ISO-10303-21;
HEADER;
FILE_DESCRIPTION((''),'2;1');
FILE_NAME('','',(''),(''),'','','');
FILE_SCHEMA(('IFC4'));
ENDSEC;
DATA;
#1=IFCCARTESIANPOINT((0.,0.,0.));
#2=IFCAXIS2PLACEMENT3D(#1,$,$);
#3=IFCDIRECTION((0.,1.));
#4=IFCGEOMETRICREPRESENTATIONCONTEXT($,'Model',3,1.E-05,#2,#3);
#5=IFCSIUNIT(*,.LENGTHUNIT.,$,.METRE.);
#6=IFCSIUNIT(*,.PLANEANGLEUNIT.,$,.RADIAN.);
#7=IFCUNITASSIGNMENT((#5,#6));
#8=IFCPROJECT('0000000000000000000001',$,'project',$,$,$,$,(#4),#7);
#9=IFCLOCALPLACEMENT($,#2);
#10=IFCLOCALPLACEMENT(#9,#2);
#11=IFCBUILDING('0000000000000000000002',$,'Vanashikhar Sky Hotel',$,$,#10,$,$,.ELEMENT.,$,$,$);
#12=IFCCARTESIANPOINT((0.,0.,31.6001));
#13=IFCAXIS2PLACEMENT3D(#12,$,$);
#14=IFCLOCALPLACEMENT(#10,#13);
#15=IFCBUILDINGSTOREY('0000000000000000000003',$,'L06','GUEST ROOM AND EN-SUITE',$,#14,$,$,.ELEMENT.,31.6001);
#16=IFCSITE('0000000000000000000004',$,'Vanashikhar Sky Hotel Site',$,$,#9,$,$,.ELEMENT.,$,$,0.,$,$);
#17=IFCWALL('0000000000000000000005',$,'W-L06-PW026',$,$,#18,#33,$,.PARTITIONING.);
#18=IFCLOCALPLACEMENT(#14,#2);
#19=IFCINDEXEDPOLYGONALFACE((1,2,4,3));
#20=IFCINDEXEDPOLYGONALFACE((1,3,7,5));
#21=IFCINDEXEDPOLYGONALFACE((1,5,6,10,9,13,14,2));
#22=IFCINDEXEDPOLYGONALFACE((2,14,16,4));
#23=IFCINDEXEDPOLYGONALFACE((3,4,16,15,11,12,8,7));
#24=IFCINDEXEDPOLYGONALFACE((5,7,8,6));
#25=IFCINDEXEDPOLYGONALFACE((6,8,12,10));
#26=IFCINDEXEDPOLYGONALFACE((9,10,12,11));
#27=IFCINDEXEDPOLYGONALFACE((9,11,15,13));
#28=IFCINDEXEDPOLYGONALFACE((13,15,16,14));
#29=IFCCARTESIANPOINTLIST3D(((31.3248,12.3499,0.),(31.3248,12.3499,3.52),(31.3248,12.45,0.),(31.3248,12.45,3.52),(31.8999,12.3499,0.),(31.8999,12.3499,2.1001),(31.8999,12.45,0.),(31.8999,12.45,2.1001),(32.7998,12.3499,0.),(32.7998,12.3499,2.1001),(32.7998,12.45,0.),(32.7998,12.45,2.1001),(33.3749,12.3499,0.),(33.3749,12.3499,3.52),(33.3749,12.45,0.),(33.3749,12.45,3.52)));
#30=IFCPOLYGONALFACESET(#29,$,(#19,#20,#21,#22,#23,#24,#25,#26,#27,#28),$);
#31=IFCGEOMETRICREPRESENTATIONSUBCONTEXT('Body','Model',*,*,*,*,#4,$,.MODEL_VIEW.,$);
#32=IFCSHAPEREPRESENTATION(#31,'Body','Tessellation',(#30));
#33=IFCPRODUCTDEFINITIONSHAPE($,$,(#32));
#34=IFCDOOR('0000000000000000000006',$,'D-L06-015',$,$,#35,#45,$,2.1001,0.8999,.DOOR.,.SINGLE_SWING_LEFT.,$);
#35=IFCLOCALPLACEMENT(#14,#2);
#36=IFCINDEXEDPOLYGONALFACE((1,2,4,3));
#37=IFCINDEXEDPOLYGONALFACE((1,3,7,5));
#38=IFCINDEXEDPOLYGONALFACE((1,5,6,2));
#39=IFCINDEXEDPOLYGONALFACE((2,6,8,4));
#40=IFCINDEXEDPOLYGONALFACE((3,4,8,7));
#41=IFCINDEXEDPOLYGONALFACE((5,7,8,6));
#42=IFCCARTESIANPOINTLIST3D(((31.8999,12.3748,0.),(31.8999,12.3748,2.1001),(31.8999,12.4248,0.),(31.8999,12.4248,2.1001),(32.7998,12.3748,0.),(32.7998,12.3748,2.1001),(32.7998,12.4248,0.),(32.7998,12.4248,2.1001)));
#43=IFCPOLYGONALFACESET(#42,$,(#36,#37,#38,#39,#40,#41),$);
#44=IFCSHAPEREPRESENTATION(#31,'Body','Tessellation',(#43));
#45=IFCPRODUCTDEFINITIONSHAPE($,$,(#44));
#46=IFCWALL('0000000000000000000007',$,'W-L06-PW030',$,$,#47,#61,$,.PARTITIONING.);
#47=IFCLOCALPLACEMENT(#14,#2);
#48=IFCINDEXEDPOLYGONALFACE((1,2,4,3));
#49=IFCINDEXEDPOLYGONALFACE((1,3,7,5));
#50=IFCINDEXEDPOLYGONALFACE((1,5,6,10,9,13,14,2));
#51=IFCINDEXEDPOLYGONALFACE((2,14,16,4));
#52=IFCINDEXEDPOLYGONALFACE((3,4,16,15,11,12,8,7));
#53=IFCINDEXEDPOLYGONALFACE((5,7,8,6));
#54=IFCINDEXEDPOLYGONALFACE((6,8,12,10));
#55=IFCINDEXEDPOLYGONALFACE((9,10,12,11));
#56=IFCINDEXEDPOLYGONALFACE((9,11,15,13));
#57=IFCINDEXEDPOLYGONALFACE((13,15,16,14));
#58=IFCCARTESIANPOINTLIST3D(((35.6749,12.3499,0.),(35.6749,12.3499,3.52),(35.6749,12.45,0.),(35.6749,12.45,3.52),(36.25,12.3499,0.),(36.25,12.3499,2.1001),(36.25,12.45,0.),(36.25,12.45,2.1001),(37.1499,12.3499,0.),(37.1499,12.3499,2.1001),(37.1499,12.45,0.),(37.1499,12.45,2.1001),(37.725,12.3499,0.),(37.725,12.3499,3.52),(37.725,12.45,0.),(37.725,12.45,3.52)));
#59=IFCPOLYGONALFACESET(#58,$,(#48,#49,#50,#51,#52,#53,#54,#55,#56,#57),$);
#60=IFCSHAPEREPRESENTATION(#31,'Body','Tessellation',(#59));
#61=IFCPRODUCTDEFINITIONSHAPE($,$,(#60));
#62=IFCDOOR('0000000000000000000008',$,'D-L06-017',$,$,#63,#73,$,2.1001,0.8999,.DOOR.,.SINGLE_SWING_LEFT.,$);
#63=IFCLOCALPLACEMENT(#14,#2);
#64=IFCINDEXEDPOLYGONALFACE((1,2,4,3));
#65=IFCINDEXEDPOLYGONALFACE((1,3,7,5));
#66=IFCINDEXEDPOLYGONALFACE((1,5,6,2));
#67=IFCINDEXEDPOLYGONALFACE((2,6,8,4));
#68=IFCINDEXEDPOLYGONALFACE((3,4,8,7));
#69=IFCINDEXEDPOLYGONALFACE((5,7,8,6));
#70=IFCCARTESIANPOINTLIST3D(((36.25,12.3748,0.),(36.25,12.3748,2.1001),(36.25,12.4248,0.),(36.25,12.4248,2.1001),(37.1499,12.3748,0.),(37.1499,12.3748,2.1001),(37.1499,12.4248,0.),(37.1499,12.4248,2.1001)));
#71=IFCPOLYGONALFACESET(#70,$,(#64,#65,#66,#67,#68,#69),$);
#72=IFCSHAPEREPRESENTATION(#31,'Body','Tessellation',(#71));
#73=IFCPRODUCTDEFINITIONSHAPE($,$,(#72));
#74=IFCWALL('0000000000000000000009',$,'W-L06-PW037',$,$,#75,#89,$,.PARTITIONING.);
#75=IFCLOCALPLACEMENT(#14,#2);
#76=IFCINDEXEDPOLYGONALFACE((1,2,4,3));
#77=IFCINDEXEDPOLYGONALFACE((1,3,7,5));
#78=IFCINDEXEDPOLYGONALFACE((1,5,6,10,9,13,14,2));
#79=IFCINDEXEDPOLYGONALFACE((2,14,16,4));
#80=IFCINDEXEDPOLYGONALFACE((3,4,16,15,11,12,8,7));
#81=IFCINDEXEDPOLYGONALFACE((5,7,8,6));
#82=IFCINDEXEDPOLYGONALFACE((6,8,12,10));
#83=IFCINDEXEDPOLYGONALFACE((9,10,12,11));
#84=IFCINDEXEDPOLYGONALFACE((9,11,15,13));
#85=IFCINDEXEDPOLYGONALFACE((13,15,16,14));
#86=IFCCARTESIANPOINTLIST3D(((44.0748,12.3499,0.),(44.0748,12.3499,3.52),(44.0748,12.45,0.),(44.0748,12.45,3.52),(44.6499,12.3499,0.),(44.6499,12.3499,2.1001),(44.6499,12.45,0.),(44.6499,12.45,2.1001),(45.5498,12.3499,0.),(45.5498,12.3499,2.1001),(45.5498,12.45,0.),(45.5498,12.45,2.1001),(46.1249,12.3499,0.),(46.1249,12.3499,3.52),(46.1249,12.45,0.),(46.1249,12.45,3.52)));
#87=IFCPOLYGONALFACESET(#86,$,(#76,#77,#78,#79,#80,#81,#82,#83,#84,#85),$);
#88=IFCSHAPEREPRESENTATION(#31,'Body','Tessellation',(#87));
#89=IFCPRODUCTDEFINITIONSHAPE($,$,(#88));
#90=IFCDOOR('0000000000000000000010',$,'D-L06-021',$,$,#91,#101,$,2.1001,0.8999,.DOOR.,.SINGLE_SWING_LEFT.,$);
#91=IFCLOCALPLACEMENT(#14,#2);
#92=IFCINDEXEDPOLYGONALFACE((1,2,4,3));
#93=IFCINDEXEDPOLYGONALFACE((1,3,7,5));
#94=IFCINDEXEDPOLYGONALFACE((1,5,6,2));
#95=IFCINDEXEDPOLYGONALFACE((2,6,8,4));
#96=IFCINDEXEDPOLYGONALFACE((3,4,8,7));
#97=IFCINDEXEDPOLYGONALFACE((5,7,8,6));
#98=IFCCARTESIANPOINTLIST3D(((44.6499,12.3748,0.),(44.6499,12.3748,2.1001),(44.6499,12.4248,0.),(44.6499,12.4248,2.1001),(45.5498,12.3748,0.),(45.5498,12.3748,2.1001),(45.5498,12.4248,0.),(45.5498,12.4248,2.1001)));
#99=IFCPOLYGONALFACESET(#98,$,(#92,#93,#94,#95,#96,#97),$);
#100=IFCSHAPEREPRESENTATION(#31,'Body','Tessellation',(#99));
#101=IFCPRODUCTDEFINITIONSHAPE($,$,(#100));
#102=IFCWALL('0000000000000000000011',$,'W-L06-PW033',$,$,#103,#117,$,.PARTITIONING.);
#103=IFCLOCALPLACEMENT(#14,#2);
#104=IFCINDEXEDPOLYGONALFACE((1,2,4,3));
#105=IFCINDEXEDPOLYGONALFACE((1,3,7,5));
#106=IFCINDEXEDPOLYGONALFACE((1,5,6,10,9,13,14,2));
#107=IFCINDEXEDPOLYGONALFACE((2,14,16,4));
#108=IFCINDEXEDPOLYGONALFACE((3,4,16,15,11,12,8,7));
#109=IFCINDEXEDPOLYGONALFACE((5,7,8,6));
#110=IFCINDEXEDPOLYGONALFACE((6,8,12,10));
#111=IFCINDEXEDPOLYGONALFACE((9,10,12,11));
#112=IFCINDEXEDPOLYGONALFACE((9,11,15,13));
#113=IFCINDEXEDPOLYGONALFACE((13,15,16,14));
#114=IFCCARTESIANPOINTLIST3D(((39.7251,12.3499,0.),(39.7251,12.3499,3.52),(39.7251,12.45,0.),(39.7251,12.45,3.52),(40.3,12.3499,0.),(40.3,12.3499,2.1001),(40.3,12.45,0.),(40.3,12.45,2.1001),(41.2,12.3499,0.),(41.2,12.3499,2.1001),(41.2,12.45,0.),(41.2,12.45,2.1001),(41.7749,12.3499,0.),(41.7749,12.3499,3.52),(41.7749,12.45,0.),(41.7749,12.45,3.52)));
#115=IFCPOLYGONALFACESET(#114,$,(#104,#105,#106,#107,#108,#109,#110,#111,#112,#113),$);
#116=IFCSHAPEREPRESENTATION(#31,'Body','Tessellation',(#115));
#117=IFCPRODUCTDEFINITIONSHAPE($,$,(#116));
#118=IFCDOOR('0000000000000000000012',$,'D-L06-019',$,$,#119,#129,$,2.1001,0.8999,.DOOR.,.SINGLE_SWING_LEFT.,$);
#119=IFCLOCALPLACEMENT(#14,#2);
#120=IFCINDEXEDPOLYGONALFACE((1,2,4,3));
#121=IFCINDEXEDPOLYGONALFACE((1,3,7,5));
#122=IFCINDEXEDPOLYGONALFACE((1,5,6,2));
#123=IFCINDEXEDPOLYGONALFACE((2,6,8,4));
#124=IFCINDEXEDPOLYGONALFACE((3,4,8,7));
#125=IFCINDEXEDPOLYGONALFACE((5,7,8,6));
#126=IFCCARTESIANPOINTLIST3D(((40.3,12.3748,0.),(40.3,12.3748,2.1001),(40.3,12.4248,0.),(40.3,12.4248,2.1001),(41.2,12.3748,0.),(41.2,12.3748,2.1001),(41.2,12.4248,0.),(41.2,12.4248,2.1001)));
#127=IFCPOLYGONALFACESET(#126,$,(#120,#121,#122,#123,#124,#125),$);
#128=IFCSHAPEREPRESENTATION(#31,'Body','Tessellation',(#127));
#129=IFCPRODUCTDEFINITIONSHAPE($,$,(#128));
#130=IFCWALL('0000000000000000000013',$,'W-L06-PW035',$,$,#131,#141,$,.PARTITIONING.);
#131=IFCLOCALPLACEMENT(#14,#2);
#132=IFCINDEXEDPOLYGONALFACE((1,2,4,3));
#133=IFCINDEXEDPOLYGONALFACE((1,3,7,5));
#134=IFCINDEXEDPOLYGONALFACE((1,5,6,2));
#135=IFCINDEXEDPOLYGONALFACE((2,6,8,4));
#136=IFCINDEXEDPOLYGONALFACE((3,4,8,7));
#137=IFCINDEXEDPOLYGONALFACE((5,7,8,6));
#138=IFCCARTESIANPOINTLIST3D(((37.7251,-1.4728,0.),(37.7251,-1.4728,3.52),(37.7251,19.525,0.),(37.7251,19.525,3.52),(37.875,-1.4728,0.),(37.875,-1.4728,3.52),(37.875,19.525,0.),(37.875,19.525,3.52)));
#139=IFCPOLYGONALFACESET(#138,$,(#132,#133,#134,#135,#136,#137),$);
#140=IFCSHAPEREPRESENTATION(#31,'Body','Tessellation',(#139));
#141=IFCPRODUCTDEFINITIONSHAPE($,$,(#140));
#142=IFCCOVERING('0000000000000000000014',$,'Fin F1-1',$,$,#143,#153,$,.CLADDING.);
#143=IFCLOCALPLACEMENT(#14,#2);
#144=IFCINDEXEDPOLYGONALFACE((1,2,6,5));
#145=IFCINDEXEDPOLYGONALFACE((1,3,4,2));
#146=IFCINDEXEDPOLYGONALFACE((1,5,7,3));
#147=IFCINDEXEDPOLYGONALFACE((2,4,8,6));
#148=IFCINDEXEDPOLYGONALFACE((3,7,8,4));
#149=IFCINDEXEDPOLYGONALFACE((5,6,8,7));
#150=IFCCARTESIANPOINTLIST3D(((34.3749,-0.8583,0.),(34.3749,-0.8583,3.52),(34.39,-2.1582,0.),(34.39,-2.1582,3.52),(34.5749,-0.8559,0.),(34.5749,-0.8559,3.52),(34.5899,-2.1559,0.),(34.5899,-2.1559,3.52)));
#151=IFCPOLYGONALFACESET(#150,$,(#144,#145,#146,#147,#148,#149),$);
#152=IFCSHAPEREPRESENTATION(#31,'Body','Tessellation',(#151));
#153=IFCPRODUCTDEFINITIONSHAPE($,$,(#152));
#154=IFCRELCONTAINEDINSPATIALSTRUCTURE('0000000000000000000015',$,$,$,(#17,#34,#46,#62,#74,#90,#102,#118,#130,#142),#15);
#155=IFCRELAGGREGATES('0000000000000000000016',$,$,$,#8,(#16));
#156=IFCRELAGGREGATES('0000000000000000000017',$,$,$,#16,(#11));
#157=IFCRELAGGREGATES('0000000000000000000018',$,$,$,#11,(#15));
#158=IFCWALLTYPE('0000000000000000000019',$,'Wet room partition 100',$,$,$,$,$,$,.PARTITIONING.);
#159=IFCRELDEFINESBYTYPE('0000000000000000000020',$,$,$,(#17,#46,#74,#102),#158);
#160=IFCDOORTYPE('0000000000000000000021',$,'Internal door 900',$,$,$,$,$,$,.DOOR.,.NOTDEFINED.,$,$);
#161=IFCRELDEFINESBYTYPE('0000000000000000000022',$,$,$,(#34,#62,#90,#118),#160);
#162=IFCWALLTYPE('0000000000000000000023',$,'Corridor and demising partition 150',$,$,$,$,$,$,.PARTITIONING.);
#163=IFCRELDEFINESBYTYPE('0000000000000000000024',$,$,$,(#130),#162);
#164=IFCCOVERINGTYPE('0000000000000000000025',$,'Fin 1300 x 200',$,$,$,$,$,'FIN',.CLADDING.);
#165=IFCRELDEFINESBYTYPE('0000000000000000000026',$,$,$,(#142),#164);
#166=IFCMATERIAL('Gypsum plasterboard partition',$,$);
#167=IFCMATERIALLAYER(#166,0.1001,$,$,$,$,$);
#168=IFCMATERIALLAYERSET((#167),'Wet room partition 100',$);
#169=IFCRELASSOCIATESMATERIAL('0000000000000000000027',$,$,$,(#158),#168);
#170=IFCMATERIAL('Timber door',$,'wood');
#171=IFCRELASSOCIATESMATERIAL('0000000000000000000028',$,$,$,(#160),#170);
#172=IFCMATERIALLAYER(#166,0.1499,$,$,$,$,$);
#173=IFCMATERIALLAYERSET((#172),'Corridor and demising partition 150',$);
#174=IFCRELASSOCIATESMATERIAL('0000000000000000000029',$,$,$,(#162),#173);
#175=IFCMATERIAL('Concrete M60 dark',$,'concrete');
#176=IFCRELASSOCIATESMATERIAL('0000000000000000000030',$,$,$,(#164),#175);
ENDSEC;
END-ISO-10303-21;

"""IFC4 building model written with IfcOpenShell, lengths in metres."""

from ifc_helpers import new_model, si_unit, direction, frame, frame_2d, origin, origin_2d, place, context, subcontext, project, spatial, rectangle, extrude, source, transform, mapped, material, layer, layer_set, material_profile, profile_set, type_object, element, fill, save


model = new_model("IFC4")

# Units and contexts
model_context = context("Model", 3, precision=1e-05, world=origin(), true_north=direction((0.0, 1.0)))
body_context = subcontext(model_context, "Body", "Model", "MODEL_VIEW")
ifc_project = project(units=[si_unit("LENGTHUNIT", "METRE"), si_unit("PLANEANGLEUNIT", "RADIAN")], contexts=[model_context])

# Site, building, storey
site_placement = place(None, origin())
site = spatial("IfcSite", under=ifc_project, at=site_placement, Name="Vanashikhar Sky Hotel Site", CompositionType="ELEMENT", RefElevation=0.0)
building_placement = place(site_placement, origin())
building = spatial("IfcBuilding", under=site, at=building_placement, Name="Vanashikhar Sky Hotel", CompositionType="ELEMENT")
storey_placement = place(building_placement, frame((0.0, 0.0, 31.6001)))
storey = spatial("IfcBuildingStorey", under=building, at=storey_placement, Name="L06", Description="GUEST ROOM AND EN-SUITE", CompositionType="ELEMENT", Elevation=31.6001)

# Shared definitions
ifc_material_1 = material(Name="Gypsum plasterboard partition")
ifc_layer_1 = layer(ifc_material_1, 0.1001)
ifc_layer_set_1 = layer_set([ifc_layer_1], Name="Wet room partition 100")
wall_type_1 = type_object("IfcWallType", Name="Wet room partition 100", PredefinedType="PARTITIONING", material=ifc_layer_set_1)

# Walls, openings, doors
shared_shape_1 = source(origin(), body_context, "Body", "SweptSolid", [
    extrude(rectangle(XDim=2.05, YDim=0.1001, at=frame_2d((1.0249, 0.0))), origin(), (0.0, 0.0, 1.0), 3.52),
])
wall_1_placement = place(storey_placement, frame((31.325, 12.3999, 0.0), z_axis=(0.0, 0.0, 1.0), x_axis=(1.0, 0.0, 0.0)))
wall_1 = element("IfcWall", 1, at=wall_1_placement, inside=storey, type_object=wall_type_1, Name="W-L06-PW026", PredefinedType="PARTITIONING", context=body_context, shape_type="MappedRepresentation", body=[
    mapped(shared_shape_1, transform((0.0, 0.0, 0.0), scale=1.0)),
])
shared_shape_2 = source(origin(), body_context, "Body", "SweptSolid", [
    extrude(rectangle(XDim=0.8999, YDim=2.1001, at=frame_2d((0.45, 1.05))), frame((0.0, 0.0601, 0.0), z_axis=(0.0, -1.0, 0.0), x_axis=(1.0, 0.0, 0.0)), (0.0, 0.0, 1.0), 0.1201),
])
opening_1_placement = place(wall_1_placement, frame((0.575, 0.0, 0.0)))
opening_1 = element("IfcOpeningElement", 2, at=opening_1_placement, cuts=wall_1, PredefinedType="OPENING", context=body_context, shape_type="MappedRepresentation", body=[
    mapped(shared_shape_2, transform((0.0, 0.0, 0.0), scale=1.0)),
])
ifc_material_2 = material(Name="Timber door", Category="wood")
door_type = type_object("IfcDoorType", Name="Internal door 900", OperationType="NOTDEFINED", PredefinedType="DOOR", material=ifc_material_2)
shared_shape_3 = source(origin(), body_context, "Body", "SweptSolid", [
    extrude(rectangle(XDim=0.8999, YDim=2.1001, at=frame_2d((0.45, 1.05))), frame((0.0, 0.0249, 0.0), z_axis=(0.0, -1.0, 0.0), x_axis=(1.0, 0.0, 0.0)), (0.0, 0.0, 1.0), 0.05),
])
door_1_placement = place(opening_1_placement, origin())
door_1 = element("IfcDoor", 3, at=door_1_placement, inside=storey, type_object=door_type, Name="D-L06-015", OperationType="SINGLE_SWING_LEFT", OverallHeight=2.1001, OverallWidth=0.8999, PredefinedType="DOOR", context=body_context, shape_type="MappedRepresentation", body=[
    mapped(shared_shape_3, transform((0.0, 0.0, 0.0), scale=1.0)),
])
fill(opening_1, door_1)
wall_2_placement = place(storey_placement, frame((35.675, 12.3999, 0.0), z_axis=(0.0, 0.0, 1.0), x_axis=(1.0, 0.0, 0.0)))
wall_2 = element("IfcWall", 4, at=wall_2_placement, inside=storey, type_object=wall_type_1, Name="W-L06-PW030", PredefinedType="PARTITIONING", context=body_context, shape_type="MappedRepresentation", body=[
    mapped(shared_shape_1, transform((0.0, 0.0, 0.0), scale=1.0)),
])
opening_2_placement = place(wall_2_placement, frame((0.575, 0.0, 0.0)))
opening_2 = element("IfcOpeningElement", 5, at=opening_2_placement, cuts=wall_2, PredefinedType="OPENING", context=body_context, shape_type="MappedRepresentation", body=[
    mapped(shared_shape_2, transform((0.0, 0.0, 0.0), scale=1.0)),
])
door_2_placement = place(opening_2_placement, origin())
door_2 = element("IfcDoor", 6, at=door_2_placement, inside=storey, type_object=door_type, Name="D-L06-017", OperationType="SINGLE_SWING_LEFT", OverallHeight=2.1001, OverallWidth=0.8999, PredefinedType="DOOR", context=body_context, shape_type="MappedRepresentation", body=[
    mapped(shared_shape_3, transform((0.0, 0.0, 0.0), scale=1.0)),
])
fill(opening_2, door_2)
wall_3_placement = place(storey_placement, frame((44.075, 12.3999, 0.0), z_axis=(0.0, 0.0, 1.0), x_axis=(1.0, 0.0, 0.0)))
wall_3 = element("IfcWall", 7, at=wall_3_placement, inside=storey, type_object=wall_type_1, Name="W-L06-PW037", PredefinedType="PARTITIONING", context=body_context, shape_type="MappedRepresentation", body=[
    mapped(shared_shape_1, transform((0.0, 0.0, 0.0), scale=1.0)),
])
opening_3_placement = place(wall_3_placement, frame((0.575, 0.0, 0.0)))
opening_3 = element("IfcOpeningElement", 8, at=opening_3_placement, cuts=wall_3, PredefinedType="OPENING", context=body_context, shape_type="MappedRepresentation", body=[
    mapped(shared_shape_2, transform((0.0, 0.0, 0.0), scale=1.0)),
])
door_3_placement = place(opening_3_placement, origin())
door_3 = element("IfcDoor", 9, at=door_3_placement, inside=storey, type_object=door_type, Name="D-L06-021", OperationType="SINGLE_SWING_LEFT", OverallHeight=2.1001, OverallWidth=0.8999, PredefinedType="DOOR", context=body_context, shape_type="MappedRepresentation", body=[
    mapped(shared_shape_3, transform((0.0, 0.0, 0.0), scale=1.0)),
])
fill(opening_3, door_3)
shared_shape_4 = source(origin(), body_context, "Body", "SweptSolid", [
    extrude(rectangle(XDim=2.0498, YDim=0.1001, at=frame_2d((1.0249, 0.0))), origin(), (0.0, 0.0, 1.0), 3.52),
])
wall_4_placement = place(storey_placement, frame((39.7251, 12.3999, 0.0), z_axis=(0.0, 0.0, 1.0), x_axis=(1.0, 0.0, 0.0)))
wall_4 = element("IfcWall", 10, at=wall_4_placement, inside=storey, type_object=wall_type_1, Name="W-L06-PW033", PredefinedType="PARTITIONING", context=body_context, shape_type="MappedRepresentation", body=[
    mapped(shared_shape_4, transform((0.0, 0.0, 0.0), scale=1.0)),
])
opening_4_placement = place(wall_4_placement, frame((0.575, 0.0, 0.0)))
opening_4 = element("IfcOpeningElement", 11, at=opening_4_placement, cuts=wall_4, PredefinedType="OPENING", context=body_context, shape_type="MappedRepresentation", body=[
    mapped(shared_shape_2, transform((0.0, 0.0, 0.0), scale=1.0)),
])
door_4_placement = place(opening_4_placement, origin())
door_4 = element("IfcDoor", 12, at=door_4_placement, inside=storey, type_object=door_type, Name="D-L06-019", OperationType="SINGLE_SWING_LEFT", OverallHeight=2.1001, OverallWidth=0.8999, PredefinedType="DOOR", context=body_context, shape_type="MappedRepresentation", body=[
    mapped(shared_shape_3, transform((0.0, 0.0, 0.0), scale=1.0)),
])
fill(opening_4, door_4)

# Wall
ifc_layer_2 = layer(ifc_material_1, 0.1499)
ifc_layer_set_2 = layer_set([ifc_layer_2], Name="Corridor and demising partition 150")
wall_type_2 = type_object("IfcWallType", Name="Corridor and demising partition 150", PredefinedType="PARTITIONING", material=ifc_layer_set_2)
shared_shape_5 = source(origin(), body_context, "Body", "SweptSolid", [
    extrude(rectangle(XDim=20.9978, YDim=0.1499, at=frame_2d((10.499, 0.0))), origin(), (0.0, 0.0, 1.0), 3.52),
])
wall_5_placement = place(storey_placement, frame((37.8, -1.4729, 0.0), z_axis=(0.0, 0.0, 1.0), x_axis=(0.0, 1.0, 0.0)))
element("IfcWall", 13, at=wall_5_placement, inside=storey, type_object=wall_type_2, Name="W-L06-PW035", PredefinedType="PARTITIONING", context=body_context, shape_type="MappedRepresentation", body=[
    mapped(shared_shape_5, transform((0.0, 0.0, 0.0), scale=1.0)),
])

# Covering
ifc_material_3 = material(Name="Concrete M60 dark", Category="concrete")
ifc_material_profile_1 = material_profile(ifc_material_3, rectangle(XDim=1.3, YDim=0.2, at=origin_2d()))
ifc_profile_set_1 = profile_set([ifc_material_profile_1], Name="Fin 1300 x 200")
covering_type = type_object("IfcCoveringType", Name="Fin 1300 x 200", ElementType="FIN", PredefinedType="CLADDING", material=ifc_profile_set_1)
shared_shape_6 = source(origin(), body_context, "Body", "SweptSolid", [
    extrude(rectangle(XDim=1.3, YDim=0.2, at=origin_2d()), origin(), (0.0, 0.0, 1.0), 3.52),
])
covering_placement = place(storey_placement, frame((34.4824, -1.5071, 0.0), z_axis=(0.0, 0.0, 1.0), x_axis=(0.011589, -0.999933, 0.0)))
element("IfcCovering", 14, at=covering_placement, inside=storey, type_object=covering_type, Name="Fin F1-1", PredefinedType="CLADDING", context=body_context, shape_type="MappedRepresentation", body=[
    mapped(shared_shape_6, transform((0.0, 0.0, 0.0), scale=1.0)),
])

save(model, "model.ifc")
